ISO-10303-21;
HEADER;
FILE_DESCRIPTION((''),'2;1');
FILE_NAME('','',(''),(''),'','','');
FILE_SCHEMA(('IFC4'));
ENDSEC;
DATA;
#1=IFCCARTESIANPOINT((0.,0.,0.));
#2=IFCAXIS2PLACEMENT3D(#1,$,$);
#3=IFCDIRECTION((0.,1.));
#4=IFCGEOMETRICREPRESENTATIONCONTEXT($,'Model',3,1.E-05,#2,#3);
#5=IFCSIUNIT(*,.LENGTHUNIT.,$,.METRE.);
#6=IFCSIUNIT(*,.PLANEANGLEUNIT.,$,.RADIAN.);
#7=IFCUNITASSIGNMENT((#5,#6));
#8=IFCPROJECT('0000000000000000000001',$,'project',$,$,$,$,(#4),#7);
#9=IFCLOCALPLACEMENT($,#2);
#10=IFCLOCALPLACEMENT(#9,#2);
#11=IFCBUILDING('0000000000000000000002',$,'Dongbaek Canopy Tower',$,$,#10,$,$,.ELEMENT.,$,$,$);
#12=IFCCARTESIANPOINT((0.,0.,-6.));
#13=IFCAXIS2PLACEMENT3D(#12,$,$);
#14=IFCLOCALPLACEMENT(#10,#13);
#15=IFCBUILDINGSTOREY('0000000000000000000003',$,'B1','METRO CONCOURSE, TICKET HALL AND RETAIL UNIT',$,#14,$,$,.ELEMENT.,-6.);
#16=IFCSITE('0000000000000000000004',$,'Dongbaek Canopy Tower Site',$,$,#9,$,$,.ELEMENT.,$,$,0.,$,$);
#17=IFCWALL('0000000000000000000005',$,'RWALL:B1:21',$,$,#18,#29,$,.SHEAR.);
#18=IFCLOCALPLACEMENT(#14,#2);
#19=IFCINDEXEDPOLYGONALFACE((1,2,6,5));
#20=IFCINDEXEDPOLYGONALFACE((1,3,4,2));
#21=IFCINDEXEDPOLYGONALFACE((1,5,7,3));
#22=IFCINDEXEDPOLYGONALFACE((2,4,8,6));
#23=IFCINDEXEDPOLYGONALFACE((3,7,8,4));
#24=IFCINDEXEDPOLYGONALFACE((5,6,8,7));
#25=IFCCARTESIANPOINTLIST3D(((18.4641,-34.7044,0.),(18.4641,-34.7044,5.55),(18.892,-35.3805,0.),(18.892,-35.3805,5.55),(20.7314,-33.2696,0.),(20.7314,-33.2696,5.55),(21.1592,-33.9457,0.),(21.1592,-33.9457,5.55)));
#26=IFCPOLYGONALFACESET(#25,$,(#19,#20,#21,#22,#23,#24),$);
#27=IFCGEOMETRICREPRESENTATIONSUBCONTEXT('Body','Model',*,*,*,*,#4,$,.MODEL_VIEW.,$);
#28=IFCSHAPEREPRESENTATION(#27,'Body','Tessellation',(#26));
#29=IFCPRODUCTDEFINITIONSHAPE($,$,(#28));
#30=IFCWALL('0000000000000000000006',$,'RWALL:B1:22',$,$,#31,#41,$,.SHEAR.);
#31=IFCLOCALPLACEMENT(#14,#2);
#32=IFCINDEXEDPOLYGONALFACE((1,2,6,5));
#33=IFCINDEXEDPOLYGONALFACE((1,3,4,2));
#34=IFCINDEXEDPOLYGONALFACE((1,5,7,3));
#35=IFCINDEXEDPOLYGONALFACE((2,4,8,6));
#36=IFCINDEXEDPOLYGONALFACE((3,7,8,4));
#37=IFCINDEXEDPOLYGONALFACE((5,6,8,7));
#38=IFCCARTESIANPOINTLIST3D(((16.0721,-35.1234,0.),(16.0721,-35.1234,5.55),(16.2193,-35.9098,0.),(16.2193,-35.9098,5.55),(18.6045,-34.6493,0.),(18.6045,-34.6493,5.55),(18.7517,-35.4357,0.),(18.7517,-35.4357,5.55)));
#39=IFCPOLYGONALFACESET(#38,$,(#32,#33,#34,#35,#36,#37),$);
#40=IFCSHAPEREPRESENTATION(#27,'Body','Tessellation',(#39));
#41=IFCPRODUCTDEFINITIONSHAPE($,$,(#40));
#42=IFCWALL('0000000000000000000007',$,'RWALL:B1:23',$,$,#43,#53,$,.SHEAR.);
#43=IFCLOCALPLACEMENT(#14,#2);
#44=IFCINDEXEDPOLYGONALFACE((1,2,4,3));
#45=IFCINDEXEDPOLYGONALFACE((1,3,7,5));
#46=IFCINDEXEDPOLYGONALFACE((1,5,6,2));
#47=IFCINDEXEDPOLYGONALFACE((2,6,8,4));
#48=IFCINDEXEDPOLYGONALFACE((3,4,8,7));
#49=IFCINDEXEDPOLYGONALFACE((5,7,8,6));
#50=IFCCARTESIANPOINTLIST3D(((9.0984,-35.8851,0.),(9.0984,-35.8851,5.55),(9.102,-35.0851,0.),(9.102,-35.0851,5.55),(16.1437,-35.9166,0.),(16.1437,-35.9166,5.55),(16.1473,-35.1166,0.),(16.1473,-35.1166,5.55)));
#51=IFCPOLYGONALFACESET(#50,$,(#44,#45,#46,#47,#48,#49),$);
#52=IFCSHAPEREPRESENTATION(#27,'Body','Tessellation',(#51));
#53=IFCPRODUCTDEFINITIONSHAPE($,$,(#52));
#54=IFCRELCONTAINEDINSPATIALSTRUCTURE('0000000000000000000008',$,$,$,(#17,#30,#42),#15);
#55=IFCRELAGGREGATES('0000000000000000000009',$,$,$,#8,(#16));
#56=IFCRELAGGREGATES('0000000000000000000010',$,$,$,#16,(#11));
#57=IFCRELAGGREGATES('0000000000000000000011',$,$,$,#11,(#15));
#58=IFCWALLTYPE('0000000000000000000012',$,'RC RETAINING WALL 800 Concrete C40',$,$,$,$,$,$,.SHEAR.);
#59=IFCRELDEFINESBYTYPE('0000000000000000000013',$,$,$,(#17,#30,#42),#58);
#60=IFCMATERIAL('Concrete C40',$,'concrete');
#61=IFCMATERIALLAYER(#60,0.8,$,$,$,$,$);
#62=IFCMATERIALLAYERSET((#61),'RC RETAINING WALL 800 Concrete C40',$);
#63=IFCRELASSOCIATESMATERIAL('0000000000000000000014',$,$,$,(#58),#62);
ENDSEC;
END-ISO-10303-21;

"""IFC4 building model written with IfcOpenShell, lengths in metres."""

from ifc_helpers import new_model, si_unit, direction, frame, frame_2d, origin, place, context, subcontext, project, spatial, rectangle, extrude, material, layer, layer_set, type_object, element, save


model = new_model("IFC4")

# Units and contexts
model_context = context("Model", 3, precision=1e-05, world=origin(), true_north=direction((0.0, 1.0)))
body_context = subcontext(model_context, "Body", "Model", "MODEL_VIEW")
ifc_project = project(units=[si_unit("LENGTHUNIT", "METRE"), si_unit("PLANEANGLEUNIT", "RADIAN")], contexts=[model_context])

# Site, building, storey
site_placement = place(None, origin())
site = spatial("IfcSite", under=ifc_project, at=site_placement, Name="Dongbaek Canopy Tower Site", CompositionType="ELEMENT", RefElevation=0.0)
building_placement = place(site_placement, origin())
building = spatial("IfcBuilding", under=site, at=building_placement, Name="Dongbaek Canopy Tower", CompositionType="ELEMENT")
storey_placement = place(building_placement, frame((0.0, 0.0, -6.0)))
storey = spatial("IfcBuildingStorey", under=building, at=storey_placement, Name="B1", Description="METRO CONCOURSE, TICKET HALL AND RETAIL UNIT", CompositionType="ELEMENT", Elevation=-6.0)

# Walls
ifc_material_1 = material(Name="Concrete C40", Category="concrete")
ifc_layer_1 = layer(ifc_material_1, 0.8)
ifc_layer_set_1 = layer_set([ifc_layer_1], Name="RC RETAINING WALL 800 Concrete C40")
wall_type_1 = type_object("IfcWallType", Name="RC RETAINING WALL 800 Concrete C40", PredefinedType="SHEAR", material=ifc_layer_set_1)
wall_1_placement = place(storey_placement, frame((20.9453, -33.6077, 0.0), z_axis=(0.0, 0.0, 1.0), x_axis=(-0.845015, -0.534742, 0.0)))
element("IfcWall", 1, at=wall_1_placement, inside=storey, type_object=wall_type_1, Name="RWALL:B1:21", PredefinedType="SHEAR", context=body_context, shape_type="SweptSolid", body=[
    extrude(rectangle(XDim=2.6831, YDim=0.8, at=frame_2d((1.3416, 0.0))), origin(), (0.0, 0.0, 1.0), 5.55),
])
wall_2_placement = place(storey_placement, frame((18.678, -35.0425, 0.0), z_axis=(0.0, 0.0, 1.0), x_axis=(-0.982923, -0.18402, 0.0)))
element("IfcWall", 2, at=wall_2_placement, inside=storey, type_object=wall_type_1, Name="RWALL:B1:22", PredefinedType="SHEAR", context=body_context, shape_type="SweptSolid", body=[
    extrude(rectangle(XDim=2.5764, YDim=0.8, at=frame_2d((1.2881, 0.0))), origin(), (0.0, 0.0, 1.0), 5.55),
])
wall_3_placement = place(storey_placement, frame((16.1455, -35.5166, 0.0), z_axis=(0.0, 0.0, 1.0), x_axis=(-0.99999, 0.00447, 0.0)))
element("IfcWall", 3, at=wall_3_placement, inside=storey, type_object=wall_type_1, Name="RWALL:B1:23", PredefinedType="SHEAR", context=body_context, shape_type="SweptSolid", body=[
    extrude(rectangle(XDim=7.0454, YDim=0.8, at=frame_2d((3.5227, 0.0))), origin(), (0.0, 0.0, 1.0), 5.55),
])

save(model, "model.ifc")
